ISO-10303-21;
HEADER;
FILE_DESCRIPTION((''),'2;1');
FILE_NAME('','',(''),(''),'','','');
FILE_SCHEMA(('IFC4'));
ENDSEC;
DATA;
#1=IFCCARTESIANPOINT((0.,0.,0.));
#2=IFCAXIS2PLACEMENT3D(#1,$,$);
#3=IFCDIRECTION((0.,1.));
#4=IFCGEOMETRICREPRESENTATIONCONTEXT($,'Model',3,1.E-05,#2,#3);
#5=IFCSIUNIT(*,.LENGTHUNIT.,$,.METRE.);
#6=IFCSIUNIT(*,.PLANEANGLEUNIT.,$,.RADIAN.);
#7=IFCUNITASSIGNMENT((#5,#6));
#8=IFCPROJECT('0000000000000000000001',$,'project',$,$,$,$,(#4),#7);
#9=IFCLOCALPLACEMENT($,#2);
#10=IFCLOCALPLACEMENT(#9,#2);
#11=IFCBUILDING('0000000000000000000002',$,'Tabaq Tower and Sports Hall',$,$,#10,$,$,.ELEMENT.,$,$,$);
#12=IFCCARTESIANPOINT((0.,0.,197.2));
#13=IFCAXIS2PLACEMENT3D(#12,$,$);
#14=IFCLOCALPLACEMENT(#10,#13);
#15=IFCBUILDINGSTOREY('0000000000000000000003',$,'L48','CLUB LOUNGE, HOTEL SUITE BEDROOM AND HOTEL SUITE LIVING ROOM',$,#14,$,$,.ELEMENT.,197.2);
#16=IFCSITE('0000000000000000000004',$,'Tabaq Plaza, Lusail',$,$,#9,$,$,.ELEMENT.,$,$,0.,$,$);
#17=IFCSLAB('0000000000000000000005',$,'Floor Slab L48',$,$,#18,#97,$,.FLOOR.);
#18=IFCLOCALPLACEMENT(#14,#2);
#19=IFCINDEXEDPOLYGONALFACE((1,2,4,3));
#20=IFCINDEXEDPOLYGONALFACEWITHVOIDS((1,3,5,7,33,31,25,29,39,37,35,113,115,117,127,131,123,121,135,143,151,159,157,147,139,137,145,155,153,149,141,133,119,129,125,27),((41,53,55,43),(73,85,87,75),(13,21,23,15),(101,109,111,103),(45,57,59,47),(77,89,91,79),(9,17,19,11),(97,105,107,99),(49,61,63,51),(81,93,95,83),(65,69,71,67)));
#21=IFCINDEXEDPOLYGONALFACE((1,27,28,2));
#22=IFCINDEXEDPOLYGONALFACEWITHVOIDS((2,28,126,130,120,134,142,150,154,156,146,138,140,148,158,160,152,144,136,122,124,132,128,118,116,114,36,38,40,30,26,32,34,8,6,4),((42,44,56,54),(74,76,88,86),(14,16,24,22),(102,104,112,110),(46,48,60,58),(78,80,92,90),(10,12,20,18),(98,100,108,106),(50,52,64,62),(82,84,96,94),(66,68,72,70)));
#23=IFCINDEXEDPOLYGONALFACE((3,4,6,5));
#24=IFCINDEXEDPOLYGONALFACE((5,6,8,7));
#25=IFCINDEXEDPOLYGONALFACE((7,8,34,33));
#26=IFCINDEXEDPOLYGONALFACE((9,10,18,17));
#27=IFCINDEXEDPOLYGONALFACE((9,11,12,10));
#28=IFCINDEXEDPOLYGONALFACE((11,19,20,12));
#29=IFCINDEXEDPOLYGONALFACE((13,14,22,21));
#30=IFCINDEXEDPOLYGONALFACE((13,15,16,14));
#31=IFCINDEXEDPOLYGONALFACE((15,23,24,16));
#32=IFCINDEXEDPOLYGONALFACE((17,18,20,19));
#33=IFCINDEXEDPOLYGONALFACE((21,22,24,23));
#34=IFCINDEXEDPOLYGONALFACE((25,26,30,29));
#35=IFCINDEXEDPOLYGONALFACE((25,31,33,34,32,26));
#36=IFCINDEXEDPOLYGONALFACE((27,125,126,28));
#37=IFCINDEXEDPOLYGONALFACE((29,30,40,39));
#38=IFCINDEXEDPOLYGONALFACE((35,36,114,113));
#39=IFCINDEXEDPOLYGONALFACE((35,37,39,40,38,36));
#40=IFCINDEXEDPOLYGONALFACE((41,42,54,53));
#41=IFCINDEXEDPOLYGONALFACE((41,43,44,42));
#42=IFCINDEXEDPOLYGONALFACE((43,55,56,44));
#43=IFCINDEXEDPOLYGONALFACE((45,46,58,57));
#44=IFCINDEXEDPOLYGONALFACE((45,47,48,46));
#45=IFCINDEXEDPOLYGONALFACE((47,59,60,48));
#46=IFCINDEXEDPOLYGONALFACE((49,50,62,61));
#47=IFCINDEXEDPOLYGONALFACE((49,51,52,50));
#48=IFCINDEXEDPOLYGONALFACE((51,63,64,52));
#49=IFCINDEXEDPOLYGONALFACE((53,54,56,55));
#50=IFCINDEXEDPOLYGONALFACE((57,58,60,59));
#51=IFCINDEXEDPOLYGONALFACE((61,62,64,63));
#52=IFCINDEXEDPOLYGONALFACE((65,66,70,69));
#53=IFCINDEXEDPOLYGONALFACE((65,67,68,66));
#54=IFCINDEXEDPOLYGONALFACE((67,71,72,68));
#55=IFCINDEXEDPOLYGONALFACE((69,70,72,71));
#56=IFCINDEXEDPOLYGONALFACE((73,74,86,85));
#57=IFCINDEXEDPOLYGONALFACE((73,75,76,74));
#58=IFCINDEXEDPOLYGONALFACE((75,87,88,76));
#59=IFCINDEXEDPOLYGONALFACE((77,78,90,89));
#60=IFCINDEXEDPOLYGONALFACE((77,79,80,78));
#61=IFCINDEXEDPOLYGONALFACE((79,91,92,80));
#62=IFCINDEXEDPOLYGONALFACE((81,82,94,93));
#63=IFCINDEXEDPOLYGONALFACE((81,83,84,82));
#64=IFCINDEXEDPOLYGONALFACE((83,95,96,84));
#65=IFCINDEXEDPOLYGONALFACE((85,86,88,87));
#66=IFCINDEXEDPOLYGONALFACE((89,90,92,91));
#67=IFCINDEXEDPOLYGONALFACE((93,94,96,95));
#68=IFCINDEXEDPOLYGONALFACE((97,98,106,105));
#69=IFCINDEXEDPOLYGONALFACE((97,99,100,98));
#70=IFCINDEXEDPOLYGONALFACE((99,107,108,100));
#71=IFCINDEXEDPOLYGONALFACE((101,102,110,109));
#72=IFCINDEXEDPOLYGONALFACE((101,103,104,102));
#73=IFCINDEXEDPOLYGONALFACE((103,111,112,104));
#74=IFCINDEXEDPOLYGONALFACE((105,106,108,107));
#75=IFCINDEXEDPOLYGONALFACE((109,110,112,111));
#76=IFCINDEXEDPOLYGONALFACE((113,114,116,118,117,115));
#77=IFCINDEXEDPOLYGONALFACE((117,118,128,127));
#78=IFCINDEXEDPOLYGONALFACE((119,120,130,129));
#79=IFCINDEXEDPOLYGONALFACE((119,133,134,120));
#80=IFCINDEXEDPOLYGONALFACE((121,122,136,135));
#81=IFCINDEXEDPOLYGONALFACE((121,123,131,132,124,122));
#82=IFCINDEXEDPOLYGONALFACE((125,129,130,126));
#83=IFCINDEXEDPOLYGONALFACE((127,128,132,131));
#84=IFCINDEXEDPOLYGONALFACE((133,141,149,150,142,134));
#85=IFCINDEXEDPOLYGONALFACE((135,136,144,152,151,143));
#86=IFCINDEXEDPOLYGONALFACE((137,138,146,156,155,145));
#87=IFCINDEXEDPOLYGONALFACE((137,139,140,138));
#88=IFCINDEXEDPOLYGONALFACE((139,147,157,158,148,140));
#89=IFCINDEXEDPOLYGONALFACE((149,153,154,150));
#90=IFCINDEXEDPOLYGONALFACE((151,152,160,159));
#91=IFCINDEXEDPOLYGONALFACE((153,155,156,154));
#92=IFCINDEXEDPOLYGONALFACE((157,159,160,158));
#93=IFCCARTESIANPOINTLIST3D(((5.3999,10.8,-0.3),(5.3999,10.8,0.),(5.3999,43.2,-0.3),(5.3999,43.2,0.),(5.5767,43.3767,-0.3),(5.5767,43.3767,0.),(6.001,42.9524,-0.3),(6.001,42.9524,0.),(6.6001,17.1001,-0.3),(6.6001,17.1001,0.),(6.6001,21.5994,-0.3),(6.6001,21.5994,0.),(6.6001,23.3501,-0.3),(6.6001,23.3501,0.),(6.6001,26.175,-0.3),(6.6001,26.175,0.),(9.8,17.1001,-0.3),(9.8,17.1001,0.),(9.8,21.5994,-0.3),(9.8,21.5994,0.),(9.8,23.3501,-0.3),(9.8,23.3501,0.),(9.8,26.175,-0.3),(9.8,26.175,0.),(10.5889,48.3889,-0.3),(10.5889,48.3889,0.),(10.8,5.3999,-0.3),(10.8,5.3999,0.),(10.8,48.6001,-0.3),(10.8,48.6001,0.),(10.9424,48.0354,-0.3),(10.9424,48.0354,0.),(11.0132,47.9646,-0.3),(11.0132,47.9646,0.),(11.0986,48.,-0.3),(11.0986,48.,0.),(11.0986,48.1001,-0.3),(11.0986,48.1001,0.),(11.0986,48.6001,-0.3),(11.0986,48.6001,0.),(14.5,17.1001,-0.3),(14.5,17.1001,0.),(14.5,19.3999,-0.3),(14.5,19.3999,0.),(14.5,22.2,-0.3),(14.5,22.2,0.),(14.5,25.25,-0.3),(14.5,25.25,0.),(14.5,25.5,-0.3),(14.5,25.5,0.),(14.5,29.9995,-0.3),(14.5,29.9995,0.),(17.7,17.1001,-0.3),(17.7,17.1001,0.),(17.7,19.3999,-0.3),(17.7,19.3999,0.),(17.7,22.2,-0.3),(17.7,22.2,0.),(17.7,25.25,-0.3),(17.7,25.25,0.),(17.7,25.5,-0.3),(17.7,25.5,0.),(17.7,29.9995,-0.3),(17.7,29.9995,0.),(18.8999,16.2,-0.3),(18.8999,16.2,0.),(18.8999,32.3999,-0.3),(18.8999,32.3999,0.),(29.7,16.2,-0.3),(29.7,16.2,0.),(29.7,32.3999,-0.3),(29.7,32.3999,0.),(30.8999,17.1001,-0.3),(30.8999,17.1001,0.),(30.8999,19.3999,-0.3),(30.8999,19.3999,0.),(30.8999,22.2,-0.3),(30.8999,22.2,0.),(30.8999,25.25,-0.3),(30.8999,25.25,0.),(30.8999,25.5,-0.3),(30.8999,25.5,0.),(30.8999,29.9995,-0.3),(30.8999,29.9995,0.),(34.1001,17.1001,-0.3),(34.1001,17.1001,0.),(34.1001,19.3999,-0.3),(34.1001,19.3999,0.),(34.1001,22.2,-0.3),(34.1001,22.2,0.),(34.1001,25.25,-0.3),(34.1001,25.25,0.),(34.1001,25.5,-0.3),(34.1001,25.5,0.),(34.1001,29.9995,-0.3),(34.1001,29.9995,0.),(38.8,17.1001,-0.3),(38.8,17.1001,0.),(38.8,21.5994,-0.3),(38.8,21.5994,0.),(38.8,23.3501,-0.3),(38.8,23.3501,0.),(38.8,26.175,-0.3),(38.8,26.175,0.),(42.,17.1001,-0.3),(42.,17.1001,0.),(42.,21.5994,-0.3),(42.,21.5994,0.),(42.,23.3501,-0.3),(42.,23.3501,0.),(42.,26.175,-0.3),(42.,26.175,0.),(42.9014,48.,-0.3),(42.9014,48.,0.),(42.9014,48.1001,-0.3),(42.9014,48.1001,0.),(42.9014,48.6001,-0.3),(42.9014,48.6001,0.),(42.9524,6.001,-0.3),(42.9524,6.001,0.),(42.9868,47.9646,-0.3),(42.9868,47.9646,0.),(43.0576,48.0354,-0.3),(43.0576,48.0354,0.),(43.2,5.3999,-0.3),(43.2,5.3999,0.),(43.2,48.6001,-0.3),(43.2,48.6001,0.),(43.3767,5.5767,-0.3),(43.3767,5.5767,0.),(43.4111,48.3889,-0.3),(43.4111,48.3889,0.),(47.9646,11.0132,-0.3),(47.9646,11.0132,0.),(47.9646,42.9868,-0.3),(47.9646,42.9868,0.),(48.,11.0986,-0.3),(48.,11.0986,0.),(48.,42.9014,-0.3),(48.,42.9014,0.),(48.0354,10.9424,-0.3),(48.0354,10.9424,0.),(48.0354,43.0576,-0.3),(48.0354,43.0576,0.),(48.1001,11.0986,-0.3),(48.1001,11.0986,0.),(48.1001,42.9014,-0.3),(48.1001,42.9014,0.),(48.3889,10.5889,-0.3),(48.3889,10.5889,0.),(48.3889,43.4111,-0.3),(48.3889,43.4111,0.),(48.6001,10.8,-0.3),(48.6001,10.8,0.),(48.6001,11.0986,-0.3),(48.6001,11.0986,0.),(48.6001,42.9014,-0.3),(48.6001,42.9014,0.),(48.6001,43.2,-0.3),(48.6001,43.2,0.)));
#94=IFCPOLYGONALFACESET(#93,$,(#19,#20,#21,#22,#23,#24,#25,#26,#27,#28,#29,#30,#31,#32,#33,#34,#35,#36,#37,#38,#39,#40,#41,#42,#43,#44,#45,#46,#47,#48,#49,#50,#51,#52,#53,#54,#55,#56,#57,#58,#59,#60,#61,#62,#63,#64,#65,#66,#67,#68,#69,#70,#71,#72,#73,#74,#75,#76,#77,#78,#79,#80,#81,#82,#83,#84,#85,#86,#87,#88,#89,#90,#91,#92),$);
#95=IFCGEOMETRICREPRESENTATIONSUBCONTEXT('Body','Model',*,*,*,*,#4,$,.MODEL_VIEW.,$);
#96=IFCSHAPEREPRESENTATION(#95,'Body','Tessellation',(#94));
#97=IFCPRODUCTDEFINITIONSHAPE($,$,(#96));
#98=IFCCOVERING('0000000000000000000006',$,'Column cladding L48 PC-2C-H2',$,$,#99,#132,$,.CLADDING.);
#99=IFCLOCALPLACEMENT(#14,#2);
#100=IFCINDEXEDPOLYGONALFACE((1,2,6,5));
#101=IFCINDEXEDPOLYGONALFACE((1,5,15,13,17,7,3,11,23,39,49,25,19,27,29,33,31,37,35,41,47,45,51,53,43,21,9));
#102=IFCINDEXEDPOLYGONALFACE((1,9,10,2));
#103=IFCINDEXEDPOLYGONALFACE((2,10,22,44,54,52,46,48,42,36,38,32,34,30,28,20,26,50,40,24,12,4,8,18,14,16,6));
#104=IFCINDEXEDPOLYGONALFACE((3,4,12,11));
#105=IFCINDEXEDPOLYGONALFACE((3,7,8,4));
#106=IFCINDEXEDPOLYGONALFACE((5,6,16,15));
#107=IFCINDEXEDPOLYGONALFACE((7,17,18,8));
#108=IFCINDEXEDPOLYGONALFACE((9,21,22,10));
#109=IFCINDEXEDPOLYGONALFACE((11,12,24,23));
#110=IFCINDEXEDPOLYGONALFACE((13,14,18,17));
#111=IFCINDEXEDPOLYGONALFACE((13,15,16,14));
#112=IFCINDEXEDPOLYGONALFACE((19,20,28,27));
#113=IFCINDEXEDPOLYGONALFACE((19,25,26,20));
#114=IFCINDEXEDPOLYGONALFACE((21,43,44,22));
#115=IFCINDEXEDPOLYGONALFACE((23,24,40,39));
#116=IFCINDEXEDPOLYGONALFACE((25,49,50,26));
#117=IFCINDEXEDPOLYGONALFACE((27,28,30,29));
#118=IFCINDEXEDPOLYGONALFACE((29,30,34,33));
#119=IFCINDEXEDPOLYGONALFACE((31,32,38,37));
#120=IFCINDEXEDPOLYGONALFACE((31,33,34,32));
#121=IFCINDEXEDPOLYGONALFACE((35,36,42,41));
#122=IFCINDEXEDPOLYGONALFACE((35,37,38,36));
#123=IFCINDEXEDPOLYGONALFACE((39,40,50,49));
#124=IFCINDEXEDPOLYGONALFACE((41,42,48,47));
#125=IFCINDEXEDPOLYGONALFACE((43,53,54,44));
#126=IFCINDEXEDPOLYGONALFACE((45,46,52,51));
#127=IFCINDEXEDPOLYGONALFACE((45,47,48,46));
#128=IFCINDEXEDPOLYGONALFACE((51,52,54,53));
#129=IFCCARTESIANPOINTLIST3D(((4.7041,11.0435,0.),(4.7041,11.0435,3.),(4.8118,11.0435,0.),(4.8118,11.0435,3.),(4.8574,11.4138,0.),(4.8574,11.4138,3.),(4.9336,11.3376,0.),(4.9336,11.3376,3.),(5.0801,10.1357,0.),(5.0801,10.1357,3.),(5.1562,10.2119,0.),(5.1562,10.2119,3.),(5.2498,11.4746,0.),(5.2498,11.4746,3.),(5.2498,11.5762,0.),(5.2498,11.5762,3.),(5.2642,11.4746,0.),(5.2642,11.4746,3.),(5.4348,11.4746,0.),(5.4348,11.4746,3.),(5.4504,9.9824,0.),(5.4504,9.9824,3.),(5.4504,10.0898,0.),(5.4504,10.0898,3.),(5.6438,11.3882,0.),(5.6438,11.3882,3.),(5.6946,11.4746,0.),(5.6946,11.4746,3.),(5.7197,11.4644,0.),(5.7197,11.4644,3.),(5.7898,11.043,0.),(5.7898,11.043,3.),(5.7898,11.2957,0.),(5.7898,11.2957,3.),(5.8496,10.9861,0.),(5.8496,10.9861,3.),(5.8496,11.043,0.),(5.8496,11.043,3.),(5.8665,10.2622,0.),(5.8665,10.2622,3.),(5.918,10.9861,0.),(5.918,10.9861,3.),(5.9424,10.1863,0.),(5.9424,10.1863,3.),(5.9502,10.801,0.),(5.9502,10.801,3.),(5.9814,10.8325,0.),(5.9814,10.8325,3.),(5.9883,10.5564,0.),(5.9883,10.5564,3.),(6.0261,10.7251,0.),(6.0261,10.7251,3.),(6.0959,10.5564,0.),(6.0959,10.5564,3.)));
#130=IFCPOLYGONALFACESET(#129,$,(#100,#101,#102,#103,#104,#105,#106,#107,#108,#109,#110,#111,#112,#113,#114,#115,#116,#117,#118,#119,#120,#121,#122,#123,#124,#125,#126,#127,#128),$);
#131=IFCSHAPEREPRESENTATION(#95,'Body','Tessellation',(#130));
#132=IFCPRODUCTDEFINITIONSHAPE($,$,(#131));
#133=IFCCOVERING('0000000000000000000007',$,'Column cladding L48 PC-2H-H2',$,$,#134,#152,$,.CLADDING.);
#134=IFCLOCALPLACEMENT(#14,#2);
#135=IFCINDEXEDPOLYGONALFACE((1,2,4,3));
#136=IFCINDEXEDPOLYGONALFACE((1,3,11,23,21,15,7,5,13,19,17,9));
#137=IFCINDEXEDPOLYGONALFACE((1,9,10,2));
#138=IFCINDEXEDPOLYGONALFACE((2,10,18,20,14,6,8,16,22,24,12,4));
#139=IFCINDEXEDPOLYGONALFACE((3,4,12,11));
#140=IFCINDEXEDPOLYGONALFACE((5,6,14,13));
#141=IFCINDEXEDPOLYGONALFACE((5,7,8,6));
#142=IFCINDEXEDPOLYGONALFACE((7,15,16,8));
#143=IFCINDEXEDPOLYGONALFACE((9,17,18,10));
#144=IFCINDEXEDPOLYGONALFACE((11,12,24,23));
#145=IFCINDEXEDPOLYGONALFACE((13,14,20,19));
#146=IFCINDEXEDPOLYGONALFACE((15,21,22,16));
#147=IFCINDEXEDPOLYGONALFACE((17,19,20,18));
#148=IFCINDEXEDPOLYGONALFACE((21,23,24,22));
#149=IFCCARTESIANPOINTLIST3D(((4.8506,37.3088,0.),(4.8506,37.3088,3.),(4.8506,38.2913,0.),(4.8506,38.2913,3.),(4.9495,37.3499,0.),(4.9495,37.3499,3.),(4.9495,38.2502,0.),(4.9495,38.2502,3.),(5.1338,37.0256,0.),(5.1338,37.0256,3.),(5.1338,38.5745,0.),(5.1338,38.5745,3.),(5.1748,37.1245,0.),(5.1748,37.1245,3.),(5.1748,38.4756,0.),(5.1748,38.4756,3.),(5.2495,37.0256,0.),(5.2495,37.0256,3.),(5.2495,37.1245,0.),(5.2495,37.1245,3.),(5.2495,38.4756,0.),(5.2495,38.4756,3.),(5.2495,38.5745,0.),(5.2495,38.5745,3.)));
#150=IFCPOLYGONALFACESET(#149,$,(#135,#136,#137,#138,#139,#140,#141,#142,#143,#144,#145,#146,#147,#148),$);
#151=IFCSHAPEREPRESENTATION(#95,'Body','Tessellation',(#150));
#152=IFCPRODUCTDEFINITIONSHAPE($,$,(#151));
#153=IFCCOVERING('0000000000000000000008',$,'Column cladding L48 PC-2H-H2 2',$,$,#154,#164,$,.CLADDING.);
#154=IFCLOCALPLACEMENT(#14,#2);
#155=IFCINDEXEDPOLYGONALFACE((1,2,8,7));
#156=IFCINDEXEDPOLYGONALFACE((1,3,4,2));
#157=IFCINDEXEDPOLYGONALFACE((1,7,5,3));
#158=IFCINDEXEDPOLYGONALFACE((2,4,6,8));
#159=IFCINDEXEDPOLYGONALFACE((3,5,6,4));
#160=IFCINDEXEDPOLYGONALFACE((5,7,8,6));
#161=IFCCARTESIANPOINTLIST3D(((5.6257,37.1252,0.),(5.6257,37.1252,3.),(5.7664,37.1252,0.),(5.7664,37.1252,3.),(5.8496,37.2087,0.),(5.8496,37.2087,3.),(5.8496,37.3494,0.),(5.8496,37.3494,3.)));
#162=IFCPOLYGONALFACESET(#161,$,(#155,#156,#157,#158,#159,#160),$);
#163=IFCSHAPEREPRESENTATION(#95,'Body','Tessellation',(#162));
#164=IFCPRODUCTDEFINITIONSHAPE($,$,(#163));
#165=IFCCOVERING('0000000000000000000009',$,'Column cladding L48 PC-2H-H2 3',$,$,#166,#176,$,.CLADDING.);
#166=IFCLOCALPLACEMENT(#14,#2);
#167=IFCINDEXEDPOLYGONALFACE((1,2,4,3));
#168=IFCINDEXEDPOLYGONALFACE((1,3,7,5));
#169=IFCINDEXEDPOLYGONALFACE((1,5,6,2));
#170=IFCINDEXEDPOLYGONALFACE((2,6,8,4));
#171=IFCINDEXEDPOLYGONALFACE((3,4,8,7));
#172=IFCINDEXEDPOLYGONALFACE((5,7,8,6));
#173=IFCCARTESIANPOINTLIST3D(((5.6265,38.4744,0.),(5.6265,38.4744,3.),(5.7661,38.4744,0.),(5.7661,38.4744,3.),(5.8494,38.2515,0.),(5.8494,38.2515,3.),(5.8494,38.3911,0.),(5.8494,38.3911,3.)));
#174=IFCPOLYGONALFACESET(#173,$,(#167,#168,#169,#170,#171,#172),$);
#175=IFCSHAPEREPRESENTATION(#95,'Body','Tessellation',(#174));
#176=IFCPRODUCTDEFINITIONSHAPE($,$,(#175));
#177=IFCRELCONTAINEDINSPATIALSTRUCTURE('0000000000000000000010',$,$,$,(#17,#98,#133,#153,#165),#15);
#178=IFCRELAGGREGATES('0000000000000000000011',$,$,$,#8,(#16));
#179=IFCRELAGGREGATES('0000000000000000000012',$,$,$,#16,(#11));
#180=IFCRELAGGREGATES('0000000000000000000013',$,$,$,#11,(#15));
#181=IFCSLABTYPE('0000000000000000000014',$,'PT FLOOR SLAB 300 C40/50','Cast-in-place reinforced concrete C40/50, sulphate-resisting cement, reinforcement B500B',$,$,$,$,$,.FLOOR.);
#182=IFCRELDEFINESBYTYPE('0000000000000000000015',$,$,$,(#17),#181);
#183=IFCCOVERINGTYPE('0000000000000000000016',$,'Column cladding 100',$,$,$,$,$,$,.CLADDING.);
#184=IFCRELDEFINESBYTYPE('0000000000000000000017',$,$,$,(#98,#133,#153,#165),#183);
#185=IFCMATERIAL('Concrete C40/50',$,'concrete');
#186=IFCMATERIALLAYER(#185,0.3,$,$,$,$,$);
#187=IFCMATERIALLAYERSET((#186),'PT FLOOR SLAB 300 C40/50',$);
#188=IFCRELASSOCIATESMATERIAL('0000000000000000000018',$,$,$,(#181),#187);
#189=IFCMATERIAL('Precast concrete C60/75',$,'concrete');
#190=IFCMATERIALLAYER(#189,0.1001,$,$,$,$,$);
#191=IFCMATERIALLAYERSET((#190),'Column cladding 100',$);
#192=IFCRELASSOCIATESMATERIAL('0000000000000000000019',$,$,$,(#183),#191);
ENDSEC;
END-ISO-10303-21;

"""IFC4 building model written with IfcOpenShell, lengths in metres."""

from ifc_helpers import new_model, si_unit, direction, frame, origin, place, context, subcontext, project, spatial, polyline, outline, extrude, material, layer, layer_set, type_object, element, save


model = new_model("IFC4")

# Units and contexts
model_context = context("Model", 3, precision=1e-05, world=origin(), true_north=direction((0.0, 1.0)))
body_context = subcontext(model_context, "Body", "Model", "MODEL_VIEW")
ifc_project = project(units=[si_unit("LENGTHUNIT", "METRE"), si_unit("PLANEANGLEUNIT", "RADIAN")], contexts=[model_context])

# Site, building, storey
site_placement = place(None, origin())
site = spatial("IfcSite", under=ifc_project, at=site_placement, Name="Tabaq Plaza, Lusail", CompositionType="ELEMENT", RefElevation=0.0)
building_placement = place(site_placement, origin())
building = spatial("IfcBuilding", under=site, at=building_placement, Name="Tabaq Tower and Sports Hall", CompositionType="ELEMENT")
storey_placement = place(building_placement, frame((0.0, 0.0, 197.2)))
storey = spatial("IfcBuildingStorey", under=building, at=storey_placement, Name="L48", Description="CLUB LOUNGE, HOTEL SUITE BEDROOM AND HOTEL SUITE LIVING ROOM", CompositionType="ELEMENT", Elevation=197.2)

# Slab
ifc_material_1 = material(Name="Concrete C40/50", Category="concrete")
ifc_layer_1 = layer(ifc_material_1, 0.3)
ifc_layer_set_1 = layer_set([ifc_layer_1], Name="PT FLOOR SLAB 300 C40/50")
slab_type = type_object("IfcSlabType", Name="PT FLOOR SLAB 300 C40/50", Description="Cast-in-place reinforced concrete C40/50, sulphate-resisting cement, reinforcement B500B", PredefinedType="FLOOR", material=ifc_layer_set_1)
slab_placement = place(storey_placement, frame((0.0, 0.0, -0.3)))
element("IfcSlab", 1, at=slab_placement, inside=storey, type_object=slab_type, Name="Floor Slab L48", PredefinedType="FLOOR", context=body_context, shape_type="SweptSolid", body=[
    extrude(outline(polyline([(5.3999, 43.2), (5.3999, 10.8), (10.8, 5.3999), (43.2, 5.3999), (43.3767, 5.5767), (42.9524, 6.001), (47.9646, 11.0132), (48.0354, 10.9424), (48.3889, 10.5889), (48.6001, 10.8), (48.6001, 11.0986), (48.1001, 11.0986), (48.0, 11.0986), (48.0, 42.9014), (48.1001, 42.9014), (48.6001, 42.9014), (48.6001, 43.2), (48.3889, 43.4111), (48.0354, 43.0576), (47.9646, 42.9868), (42.9868, 47.9646), (43.0576, 48.0354), (43.4111, 48.3889), (43.2, 48.6001), (42.9014, 48.6001), (42.9014, 48.1001), (42.9014, 48.0), (11.0986, 48.0), (11.0986, 48.1001), (11.0986, 48.6001), (10.8, 48.6001), (10.5889, 48.3889), (10.9424, 48.0354), (11.0132, 47.9646), (6.001, 42.9524), (5.5767, 43.3767), (5.3999, 43.2)]), holes=[polyline([(14.5, 19.3999), (17.7, 19.3999), (17.7, 17.1001), (14.5, 17.1001), (14.5, 19.3999)]), polyline([(6.6001, 21.5994), (9.8, 21.5994), (9.8, 17.1001), (6.6001, 17.1001), (6.6001, 21.5994)]), polyline([(14.5, 25.25), (17.7, 25.25), (17.7, 22.2), (14.5, 22.2), (14.5, 25.25)]), polyline([(18.8999, 32.3999), (29.7, 32.3999), (29.7, 16.2), (18.8999, 16.2), (18.8999, 32.3999)]), polyline([(9.8, 26.175), (9.8, 23.3501), (6.6001, 23.3501), (6.6001, 26.175), (9.8, 26.175)]), polyline([(14.5, 29.9995), (17.7, 29.9995), (17.7, 25.5), (14.5, 25.5), (14.5, 29.9995)]), polyline([(34.1001, 19.3999), (34.1001, 17.1001), (30.8999, 17.1001), (30.8999, 19.3999), (34.1001, 19.3999)]), polyline([(42.0, 21.5994), (42.0, 17.1001), (38.8, 17.1001), (38.8, 21.5994), (42.0, 21.5994)]), polyline([(30.8999, 25.25), (34.1001, 25.25), (34.1001, 22.2), (30.8999, 22.2), (30.8999, 25.25)]), polyline([(42.0, 26.175), (42.0, 23.3501), (38.8, 23.3501), (38.8, 26.175), (42.0, 26.175)]), polyline([(34.1001, 29.9995), (34.1001, 25.5), (30.8999, 25.5), (30.8999, 29.9995), (34.1001, 29.9995)])]), origin(), (0.0, 0.0, 1.0), 0.3),
])

# Coverings
ifc_material_2 = material(Name="Precast concrete C60/75", Category="concrete")
ifc_layer_2 = layer(ifc_material_2, 0.1001)
ifc_layer_set_2 = layer_set([ifc_layer_2], Name="Column cladding 100")
covering_type = type_object("IfcCoveringType", Name="Column cladding 100", PredefinedType="CLADDING", material=ifc_layer_set_2)
covering_1_placement = place(storey_placement, origin())
element("IfcCovering", 2, at=covering_1_placement, inside=storey, type_object=covering_type, Name="Column cladding L48 PC-2C-H2", PredefinedType="CLADDING", context=body_context, shape_type="SweptSolid", body=[
    extrude(outline(polyline([(5.4504, 9.9824), (5.0801, 10.1357), (4.7041, 11.0435), (4.8574, 11.4138), (5.2498, 11.5762), (5.2498, 11.4746), (5.2642, 11.4746), (4.9336, 11.3376), (4.8118, 11.0435), (5.1562, 10.2119), (5.4504, 10.0898), (5.8665, 10.2622), (5.9883, 10.5564), (5.6438, 11.3882), (5.4348, 11.4746), (5.6946, 11.4746), (5.7197, 11.4644), (5.7898, 11.2957), (5.7898, 11.043), (5.8496, 11.043), (5.8496, 10.9861), (5.918, 10.9861), (5.9814, 10.8325), (5.9502, 10.801), (6.0261, 10.7251), (6.0959, 10.5564), (5.9424, 10.1863), (5.4504, 9.9824)])), origin(), (0.0, 0.0, 1.0), 3.0),
])
covering_2_placement = place(storey_placement, origin())
element("IfcCovering", 3, at=covering_2_placement, inside=storey, type_object=covering_type, Name="Column cladding L48 PC-2H-H2", PredefinedType="CLADDING", context=body_context, shape_type="SweptSolid", body=[
    extrude(outline(polyline([(5.1338, 37.0256), (4.8506, 37.3088), (4.8506, 38.2913), (5.1338, 38.5745), (5.2495, 38.5745), (5.2495, 38.4756), (5.1748, 38.4756), (4.9495, 38.2502), (4.9495, 37.3499), (5.1748, 37.1245), (5.2495, 37.1245), (5.2495, 37.0256), (5.1338, 37.0256)])), origin(), (0.0, 0.0, 1.0), 3.0),
])
covering_3_placement = place(storey_placement, origin())
element("IfcCovering", 4, at=covering_3_placement, inside=storey, type_object=covering_type, Name="Column cladding L48 PC-2H-H2 2", PredefinedType="CLADDING", context=body_context, shape_type="SweptSolid", body=[
    extrude(outline(polyline([(5.7664, 37.1252), (5.6257, 37.1252), (5.8496, 37.3494), (5.8496, 37.2087), (5.7664, 37.1252)])), origin(), (0.0, 0.0, 1.0), 3.0),
])
covering_4_placement = place(storey_placement, origin())
element("IfcCovering", 5, at=covering_4_placement, inside=storey, type_object=covering_type, Name="Column cladding L48 PC-2H-H2 3", PredefinedType="CLADDING", context=body_context, shape_type="SweptSolid", body=[
    extrude(outline(polyline([(5.6265, 38.4744), (5.7661, 38.4744), (5.8494, 38.3911), (5.8494, 38.2515), (5.6265, 38.4744)])), origin(), (0.0, 0.0, 1.0), 3.0),
])

save(model, "model.ifc")
